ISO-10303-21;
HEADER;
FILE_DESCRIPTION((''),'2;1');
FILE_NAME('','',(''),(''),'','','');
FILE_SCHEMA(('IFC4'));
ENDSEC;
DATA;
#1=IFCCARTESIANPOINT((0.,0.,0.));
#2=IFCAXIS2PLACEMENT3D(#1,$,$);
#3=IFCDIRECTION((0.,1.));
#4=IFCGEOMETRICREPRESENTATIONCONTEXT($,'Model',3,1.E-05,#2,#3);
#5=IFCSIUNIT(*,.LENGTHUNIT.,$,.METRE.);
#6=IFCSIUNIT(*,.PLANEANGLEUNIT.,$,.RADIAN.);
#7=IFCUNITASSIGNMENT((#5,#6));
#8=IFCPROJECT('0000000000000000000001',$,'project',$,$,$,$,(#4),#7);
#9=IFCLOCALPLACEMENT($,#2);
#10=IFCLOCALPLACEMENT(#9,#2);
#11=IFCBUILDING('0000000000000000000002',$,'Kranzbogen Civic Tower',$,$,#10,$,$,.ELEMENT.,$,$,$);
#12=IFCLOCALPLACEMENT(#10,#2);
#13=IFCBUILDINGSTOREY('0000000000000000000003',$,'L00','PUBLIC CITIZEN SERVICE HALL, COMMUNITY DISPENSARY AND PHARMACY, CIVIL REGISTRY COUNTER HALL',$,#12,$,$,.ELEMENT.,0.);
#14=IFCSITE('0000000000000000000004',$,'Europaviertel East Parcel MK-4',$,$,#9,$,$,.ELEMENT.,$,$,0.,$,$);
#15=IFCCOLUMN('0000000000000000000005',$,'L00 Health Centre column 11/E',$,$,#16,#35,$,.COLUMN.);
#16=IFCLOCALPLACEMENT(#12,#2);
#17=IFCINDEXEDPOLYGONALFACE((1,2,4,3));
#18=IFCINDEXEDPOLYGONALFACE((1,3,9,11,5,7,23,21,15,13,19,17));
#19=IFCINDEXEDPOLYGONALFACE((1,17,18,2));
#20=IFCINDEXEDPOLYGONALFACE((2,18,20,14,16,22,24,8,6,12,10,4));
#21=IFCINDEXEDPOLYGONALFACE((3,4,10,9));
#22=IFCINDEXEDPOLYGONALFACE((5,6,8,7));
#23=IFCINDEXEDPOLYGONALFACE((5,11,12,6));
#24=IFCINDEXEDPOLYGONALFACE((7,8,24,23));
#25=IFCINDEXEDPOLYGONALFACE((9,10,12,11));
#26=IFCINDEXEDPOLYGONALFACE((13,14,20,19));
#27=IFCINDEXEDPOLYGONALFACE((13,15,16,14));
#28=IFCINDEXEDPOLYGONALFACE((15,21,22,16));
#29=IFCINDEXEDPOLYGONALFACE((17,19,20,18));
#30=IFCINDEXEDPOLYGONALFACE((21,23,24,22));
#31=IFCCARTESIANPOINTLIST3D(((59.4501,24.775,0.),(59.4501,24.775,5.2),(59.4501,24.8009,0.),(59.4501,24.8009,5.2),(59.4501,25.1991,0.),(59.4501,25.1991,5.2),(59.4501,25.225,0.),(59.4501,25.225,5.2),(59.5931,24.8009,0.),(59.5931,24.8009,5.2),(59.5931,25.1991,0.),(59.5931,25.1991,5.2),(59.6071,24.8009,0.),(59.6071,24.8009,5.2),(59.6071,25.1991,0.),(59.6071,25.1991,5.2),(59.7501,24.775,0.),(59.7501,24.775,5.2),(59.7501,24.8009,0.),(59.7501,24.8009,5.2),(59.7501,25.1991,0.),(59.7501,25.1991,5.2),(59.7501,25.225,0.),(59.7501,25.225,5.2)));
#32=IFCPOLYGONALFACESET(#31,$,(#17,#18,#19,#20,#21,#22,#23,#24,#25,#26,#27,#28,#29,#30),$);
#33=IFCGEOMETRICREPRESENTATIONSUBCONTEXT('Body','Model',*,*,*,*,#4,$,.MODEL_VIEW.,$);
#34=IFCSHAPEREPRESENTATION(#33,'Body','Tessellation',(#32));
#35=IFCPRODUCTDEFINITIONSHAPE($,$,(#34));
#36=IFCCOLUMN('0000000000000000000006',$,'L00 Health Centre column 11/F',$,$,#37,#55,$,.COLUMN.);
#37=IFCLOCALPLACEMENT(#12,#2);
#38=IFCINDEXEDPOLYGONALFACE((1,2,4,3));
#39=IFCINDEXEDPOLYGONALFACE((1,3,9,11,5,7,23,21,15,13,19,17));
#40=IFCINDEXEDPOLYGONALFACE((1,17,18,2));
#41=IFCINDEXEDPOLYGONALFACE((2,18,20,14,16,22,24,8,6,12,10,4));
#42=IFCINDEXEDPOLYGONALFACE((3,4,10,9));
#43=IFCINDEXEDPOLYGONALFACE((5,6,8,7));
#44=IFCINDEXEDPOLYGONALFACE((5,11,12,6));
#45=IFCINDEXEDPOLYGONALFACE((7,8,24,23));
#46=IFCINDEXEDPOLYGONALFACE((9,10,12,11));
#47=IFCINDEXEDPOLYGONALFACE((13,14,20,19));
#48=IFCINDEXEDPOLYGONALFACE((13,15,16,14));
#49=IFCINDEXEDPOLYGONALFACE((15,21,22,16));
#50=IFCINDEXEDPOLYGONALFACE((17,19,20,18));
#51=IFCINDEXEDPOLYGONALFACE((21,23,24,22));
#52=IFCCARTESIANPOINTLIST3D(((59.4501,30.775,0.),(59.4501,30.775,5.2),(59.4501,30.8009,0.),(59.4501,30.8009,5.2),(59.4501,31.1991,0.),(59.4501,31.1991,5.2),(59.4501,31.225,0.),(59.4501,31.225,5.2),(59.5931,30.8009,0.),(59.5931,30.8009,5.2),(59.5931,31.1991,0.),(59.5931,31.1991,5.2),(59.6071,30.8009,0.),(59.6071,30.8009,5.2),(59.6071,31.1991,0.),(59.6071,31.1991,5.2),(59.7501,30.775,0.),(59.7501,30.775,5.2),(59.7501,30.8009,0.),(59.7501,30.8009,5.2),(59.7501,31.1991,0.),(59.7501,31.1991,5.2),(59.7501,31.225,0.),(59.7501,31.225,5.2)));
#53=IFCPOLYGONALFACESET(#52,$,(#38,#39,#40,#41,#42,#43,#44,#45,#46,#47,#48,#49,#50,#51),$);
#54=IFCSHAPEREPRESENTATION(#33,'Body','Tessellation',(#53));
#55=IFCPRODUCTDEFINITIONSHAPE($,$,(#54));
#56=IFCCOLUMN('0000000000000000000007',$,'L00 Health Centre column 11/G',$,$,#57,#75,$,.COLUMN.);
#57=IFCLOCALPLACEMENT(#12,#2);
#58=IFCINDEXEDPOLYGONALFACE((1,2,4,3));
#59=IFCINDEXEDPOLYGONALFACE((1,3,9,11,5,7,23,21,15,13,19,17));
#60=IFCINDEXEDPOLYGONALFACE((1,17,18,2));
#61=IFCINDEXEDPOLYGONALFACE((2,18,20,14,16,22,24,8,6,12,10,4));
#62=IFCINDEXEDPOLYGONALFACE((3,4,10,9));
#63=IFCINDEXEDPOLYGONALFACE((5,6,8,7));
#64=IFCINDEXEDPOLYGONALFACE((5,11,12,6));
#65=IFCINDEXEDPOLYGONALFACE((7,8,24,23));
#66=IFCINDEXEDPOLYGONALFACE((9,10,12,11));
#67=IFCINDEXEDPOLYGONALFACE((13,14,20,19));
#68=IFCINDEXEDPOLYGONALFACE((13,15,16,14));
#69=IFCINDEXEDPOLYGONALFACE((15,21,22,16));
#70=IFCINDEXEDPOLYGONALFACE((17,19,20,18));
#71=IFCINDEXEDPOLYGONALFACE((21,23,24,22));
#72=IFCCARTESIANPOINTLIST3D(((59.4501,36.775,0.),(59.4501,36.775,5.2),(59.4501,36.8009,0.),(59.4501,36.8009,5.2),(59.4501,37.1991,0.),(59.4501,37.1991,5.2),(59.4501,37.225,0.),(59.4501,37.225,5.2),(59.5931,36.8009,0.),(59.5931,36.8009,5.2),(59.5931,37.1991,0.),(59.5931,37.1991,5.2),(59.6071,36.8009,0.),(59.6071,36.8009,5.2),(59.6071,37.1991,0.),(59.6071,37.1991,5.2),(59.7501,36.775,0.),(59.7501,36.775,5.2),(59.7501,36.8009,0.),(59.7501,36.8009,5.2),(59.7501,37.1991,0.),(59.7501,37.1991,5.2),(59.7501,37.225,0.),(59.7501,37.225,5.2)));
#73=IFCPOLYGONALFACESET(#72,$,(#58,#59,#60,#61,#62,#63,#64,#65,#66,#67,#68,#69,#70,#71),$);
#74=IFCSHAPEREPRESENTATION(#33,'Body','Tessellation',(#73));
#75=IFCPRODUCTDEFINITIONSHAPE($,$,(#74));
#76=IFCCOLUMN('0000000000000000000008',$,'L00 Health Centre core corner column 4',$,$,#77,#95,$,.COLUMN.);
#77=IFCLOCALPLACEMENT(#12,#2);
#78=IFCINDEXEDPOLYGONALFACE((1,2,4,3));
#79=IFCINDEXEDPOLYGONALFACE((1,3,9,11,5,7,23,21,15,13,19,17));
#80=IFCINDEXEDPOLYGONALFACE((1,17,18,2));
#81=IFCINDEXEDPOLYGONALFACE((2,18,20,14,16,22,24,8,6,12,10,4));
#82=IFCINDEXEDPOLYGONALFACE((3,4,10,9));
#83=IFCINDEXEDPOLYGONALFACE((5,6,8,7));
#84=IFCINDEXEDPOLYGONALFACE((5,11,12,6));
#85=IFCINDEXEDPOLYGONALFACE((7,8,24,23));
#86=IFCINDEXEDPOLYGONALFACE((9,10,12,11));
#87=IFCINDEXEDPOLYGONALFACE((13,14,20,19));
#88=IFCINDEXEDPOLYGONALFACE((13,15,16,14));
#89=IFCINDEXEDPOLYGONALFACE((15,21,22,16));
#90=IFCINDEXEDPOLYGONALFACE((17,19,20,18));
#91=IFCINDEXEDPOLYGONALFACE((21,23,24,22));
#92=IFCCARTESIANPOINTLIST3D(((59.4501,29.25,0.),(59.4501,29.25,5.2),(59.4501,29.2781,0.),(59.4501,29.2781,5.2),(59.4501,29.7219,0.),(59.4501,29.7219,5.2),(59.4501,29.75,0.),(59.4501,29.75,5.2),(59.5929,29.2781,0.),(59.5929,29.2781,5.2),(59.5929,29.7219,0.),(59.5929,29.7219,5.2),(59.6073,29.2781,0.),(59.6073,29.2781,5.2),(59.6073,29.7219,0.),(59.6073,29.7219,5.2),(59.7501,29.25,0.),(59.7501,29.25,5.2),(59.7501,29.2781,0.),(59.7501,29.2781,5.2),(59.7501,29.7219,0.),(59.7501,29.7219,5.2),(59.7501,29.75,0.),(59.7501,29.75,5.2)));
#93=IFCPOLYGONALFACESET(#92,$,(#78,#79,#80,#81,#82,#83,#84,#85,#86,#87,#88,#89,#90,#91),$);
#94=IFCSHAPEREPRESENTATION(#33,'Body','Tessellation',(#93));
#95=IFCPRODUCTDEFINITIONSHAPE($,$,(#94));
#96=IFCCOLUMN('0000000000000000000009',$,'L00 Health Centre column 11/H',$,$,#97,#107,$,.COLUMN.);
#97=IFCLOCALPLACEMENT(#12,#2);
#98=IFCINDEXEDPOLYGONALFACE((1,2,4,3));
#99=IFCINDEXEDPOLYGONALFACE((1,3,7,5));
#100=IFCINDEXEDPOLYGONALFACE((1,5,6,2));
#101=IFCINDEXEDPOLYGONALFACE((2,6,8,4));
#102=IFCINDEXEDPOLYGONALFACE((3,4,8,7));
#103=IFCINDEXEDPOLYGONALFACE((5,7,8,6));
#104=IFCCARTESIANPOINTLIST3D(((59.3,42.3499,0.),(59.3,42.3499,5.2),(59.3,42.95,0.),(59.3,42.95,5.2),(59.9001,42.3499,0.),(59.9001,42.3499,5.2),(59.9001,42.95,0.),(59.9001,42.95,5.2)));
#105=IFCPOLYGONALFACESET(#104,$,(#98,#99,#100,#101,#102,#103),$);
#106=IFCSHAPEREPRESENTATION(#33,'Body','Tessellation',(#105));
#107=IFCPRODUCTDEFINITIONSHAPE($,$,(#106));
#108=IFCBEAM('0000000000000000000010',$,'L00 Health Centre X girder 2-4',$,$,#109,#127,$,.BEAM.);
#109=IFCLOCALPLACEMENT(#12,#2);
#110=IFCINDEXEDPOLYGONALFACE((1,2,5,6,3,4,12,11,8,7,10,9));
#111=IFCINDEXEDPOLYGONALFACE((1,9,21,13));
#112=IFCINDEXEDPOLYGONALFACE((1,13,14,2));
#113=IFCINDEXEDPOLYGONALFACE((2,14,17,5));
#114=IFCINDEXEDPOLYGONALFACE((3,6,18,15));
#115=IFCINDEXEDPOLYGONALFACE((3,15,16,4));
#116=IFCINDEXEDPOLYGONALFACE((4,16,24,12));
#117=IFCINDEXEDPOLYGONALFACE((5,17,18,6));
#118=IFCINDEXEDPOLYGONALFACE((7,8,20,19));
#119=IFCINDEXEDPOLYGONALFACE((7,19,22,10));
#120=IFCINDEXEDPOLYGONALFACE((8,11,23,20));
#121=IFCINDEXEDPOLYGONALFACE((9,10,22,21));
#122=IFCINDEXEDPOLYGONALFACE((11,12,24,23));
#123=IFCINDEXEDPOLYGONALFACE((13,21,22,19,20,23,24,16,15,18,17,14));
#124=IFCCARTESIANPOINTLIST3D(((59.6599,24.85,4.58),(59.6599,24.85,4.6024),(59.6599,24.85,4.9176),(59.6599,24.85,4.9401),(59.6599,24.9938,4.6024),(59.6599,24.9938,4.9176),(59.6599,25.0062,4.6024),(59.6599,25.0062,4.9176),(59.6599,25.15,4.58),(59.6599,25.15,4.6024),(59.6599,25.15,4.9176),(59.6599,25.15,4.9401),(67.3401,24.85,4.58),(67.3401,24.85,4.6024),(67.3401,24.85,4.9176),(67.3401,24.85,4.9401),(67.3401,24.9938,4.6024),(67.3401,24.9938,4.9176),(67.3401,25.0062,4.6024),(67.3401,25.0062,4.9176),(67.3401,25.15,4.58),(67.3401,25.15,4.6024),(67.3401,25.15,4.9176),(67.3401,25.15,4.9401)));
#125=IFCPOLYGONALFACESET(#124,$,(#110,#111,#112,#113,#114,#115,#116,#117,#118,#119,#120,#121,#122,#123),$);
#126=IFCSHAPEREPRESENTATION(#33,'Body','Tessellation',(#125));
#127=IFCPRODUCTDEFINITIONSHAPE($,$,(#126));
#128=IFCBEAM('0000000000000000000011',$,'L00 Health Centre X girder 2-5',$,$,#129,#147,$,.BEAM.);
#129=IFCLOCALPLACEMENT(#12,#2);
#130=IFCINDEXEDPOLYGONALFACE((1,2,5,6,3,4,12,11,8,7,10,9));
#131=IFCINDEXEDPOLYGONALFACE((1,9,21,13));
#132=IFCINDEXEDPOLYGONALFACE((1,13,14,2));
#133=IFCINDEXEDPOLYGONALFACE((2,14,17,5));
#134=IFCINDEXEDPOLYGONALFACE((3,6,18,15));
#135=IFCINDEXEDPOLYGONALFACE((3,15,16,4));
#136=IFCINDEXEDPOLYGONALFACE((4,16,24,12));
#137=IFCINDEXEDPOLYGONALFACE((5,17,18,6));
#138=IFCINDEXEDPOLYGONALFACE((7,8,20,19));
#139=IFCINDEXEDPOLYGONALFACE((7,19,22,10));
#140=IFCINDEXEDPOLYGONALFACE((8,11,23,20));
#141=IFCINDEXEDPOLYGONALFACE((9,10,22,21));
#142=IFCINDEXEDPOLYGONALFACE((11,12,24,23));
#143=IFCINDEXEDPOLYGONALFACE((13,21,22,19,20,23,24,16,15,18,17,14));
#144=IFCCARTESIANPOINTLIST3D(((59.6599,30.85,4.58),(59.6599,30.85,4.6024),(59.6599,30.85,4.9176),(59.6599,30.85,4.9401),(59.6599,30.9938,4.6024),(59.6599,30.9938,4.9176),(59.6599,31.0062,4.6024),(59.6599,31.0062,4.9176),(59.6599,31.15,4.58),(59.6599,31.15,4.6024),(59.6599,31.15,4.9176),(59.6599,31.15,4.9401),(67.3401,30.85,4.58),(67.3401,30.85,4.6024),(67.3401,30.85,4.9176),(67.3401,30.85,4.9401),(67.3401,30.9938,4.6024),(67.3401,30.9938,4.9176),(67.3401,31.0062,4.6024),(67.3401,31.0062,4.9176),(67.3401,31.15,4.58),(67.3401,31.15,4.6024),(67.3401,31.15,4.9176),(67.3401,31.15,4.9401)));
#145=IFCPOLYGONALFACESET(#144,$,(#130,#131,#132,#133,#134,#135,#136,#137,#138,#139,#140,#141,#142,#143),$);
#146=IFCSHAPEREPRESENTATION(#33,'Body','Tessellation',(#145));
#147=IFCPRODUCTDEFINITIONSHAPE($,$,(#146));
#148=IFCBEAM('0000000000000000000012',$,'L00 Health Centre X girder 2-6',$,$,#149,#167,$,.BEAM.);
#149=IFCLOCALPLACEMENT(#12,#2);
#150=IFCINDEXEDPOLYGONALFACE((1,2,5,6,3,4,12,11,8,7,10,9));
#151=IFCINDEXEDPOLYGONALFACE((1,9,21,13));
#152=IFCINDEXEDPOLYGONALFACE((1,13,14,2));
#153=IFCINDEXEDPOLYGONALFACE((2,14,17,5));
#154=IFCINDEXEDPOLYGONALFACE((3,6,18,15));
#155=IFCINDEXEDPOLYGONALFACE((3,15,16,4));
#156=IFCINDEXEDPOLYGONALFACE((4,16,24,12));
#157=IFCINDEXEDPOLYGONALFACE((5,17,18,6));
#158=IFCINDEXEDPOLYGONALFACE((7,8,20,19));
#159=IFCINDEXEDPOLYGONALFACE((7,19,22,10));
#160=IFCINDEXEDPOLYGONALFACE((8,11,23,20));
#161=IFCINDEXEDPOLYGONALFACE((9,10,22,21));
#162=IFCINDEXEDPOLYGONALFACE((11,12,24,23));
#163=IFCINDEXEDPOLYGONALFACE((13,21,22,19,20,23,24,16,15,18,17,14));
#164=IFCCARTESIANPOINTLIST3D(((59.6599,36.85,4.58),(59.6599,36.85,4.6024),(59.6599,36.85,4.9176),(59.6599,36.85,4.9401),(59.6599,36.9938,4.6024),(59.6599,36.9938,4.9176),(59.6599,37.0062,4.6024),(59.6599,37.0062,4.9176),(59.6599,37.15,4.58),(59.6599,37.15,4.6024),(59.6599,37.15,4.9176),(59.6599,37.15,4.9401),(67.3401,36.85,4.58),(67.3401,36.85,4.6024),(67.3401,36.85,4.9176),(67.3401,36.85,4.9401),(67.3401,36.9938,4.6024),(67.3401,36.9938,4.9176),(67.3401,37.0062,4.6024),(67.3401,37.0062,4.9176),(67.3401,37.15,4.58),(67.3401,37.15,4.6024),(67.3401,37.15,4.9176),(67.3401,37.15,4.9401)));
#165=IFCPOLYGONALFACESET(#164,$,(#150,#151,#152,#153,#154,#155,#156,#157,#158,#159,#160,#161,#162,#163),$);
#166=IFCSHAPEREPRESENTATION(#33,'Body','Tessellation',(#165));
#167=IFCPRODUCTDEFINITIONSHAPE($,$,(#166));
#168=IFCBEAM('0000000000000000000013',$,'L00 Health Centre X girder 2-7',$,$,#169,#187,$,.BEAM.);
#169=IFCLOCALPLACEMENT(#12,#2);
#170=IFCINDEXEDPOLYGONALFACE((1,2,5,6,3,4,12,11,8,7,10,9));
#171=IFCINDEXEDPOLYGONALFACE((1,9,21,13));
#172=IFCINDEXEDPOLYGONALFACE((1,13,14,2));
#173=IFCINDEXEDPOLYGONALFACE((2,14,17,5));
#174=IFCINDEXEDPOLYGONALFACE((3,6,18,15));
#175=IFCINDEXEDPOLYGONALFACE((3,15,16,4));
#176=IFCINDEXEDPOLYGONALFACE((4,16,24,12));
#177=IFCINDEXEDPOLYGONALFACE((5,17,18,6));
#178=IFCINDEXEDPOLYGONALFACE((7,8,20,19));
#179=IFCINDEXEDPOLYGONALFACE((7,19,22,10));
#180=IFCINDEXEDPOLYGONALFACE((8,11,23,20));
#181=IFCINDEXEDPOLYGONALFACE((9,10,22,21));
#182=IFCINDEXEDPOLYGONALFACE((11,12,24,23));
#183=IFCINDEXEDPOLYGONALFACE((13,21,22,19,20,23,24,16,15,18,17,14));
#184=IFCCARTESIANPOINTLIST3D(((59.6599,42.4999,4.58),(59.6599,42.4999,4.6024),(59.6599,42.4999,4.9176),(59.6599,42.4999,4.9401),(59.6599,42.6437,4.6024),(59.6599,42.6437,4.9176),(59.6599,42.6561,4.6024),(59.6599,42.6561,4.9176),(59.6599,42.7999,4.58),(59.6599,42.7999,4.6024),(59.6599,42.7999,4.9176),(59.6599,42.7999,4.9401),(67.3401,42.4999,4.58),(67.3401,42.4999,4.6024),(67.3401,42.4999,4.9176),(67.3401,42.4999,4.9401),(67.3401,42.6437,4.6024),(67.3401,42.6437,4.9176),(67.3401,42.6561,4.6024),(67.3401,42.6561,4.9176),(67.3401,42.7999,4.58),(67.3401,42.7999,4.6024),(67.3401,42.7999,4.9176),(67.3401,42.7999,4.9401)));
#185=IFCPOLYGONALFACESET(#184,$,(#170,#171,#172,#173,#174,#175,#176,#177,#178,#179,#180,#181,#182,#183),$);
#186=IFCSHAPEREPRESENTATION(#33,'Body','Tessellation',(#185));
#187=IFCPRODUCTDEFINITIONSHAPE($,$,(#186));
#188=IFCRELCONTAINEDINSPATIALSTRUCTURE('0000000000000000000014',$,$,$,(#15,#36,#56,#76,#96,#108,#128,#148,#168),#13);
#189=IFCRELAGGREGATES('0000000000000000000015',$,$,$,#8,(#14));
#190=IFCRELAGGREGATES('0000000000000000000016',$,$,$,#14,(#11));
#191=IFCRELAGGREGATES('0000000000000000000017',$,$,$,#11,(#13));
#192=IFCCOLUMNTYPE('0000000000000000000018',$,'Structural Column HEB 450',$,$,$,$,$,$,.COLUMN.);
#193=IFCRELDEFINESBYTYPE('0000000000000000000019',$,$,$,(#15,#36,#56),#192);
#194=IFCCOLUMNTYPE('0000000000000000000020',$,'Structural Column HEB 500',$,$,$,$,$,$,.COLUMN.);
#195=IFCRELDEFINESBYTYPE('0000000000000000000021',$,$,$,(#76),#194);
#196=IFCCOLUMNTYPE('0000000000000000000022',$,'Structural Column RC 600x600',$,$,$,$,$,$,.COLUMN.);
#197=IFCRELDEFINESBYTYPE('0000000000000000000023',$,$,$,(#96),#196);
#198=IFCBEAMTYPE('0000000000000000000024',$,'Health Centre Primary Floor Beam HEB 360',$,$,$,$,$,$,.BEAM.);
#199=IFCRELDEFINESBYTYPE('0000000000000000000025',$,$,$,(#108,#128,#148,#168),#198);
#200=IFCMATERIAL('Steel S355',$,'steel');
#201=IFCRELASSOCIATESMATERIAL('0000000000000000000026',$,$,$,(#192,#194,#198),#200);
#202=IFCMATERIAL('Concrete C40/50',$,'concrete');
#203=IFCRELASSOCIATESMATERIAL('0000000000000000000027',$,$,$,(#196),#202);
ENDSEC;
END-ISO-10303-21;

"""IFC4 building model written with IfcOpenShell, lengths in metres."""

from ifc_helpers import new_model, si_unit, direction, frame, origin, origin_2d, place, context, subcontext, project, spatial, rectangle, i_section, extrude, material, material_profile, profile_set, type_object, element, save


model = new_model("IFC4")

# Units and contexts
model_context = context("Model", 3, precision=1e-05, world=origin(), true_north=direction((0.0, 1.0)))
body_context = subcontext(model_context, "Body", "Model", "MODEL_VIEW")
ifc_project = project(units=[si_unit("LENGTHUNIT", "METRE"), si_unit("PLANEANGLEUNIT", "RADIAN")], contexts=[model_context])

# Site, building, storey
site_placement = place(None, origin())
site = spatial("IfcSite", under=ifc_project, at=site_placement, Name="Europaviertel East Parcel MK-4", CompositionType="ELEMENT", RefElevation=0.0)
building_placement = place(site_placement, origin())
building = spatial("IfcBuilding", under=site, at=building_placement, Name="Kranzbogen Civic Tower", CompositionType="ELEMENT")
storey_placement = place(building_placement, origin())
storey = spatial("IfcBuildingStorey", under=building, at=storey_placement, Name="L00", Description="PUBLIC CITIZEN SERVICE HALL, COMMUNITY DISPENSARY AND PHARMACY, CIVIL REGISTRY COUNTER HALL", CompositionType="ELEMENT", Elevation=0.0)

# Columns
ifc_material_1 = material(Name="Steel S355", Category="steel")
ifc_material_profile_1 = material_profile(ifc_material_1, i_section(OverallWidth=0.3, OverallDepth=0.45, WebThickness=0.0139, FlangeThickness=0.0259, at=origin_2d()), Name="HEB 450")
ifc_profile_set_1 = profile_set([ifc_material_profile_1], Name="Steel S355")
column_type_1 = type_object("IfcColumnType", Name="Structural Column HEB 450", PredefinedType="COLUMN", material=ifc_profile_set_1)
for number, where, z_axis, x_axis, name in (
    (1, (59.6001, 25.0, 0.0), (0.0, 0.0, 1.0), (1.0, 0.0, 0.0), "L00 Health Centre column 11/E"),
    (2, (59.6001, 31.0, 0.0), (0.0, 0.0, 1.0), (1.0, 0.0, 0.0), "L00 Health Centre column 11/F"),
    (3, (59.6001, 37.0, 0.0), (0.0, 0.0, 1.0), (1.0, 0.0, 0.0), "L00 Health Centre column 11/G"),
):
    element("IfcColumn", number, at=place(storey_placement, frame(where, z_axis=z_axis, x_axis=x_axis)), inside=storey, type_object=column_type_1, Name=name, PredefinedType="COLUMN", context=body_context, shape_type="SweptSolid", body=[
        extrude(i_section(OverallWidth=0.3, OverallDepth=0.45, WebThickness=0.0139, FlangeThickness=0.0259, at=origin_2d()), origin(), (0.0, 0.0, 1.0), 5.2),
    ])
ifc_material_profile_2 = material_profile(ifc_material_1, i_section(OverallWidth=0.3, OverallDepth=0.5, WebThickness=0.0144, FlangeThickness=0.0281, at=origin_2d()), Name="HEB 500")
ifc_profile_set_2 = profile_set([ifc_material_profile_2], Name="Steel S355")
column_type_2 = type_object("IfcColumnType", Name="Structural Column HEB 500", PredefinedType="COLUMN", material=ifc_profile_set_2)
column_1_placement = place(storey_placement, frame((59.6001, 29.5, 0.0), z_axis=(0.0, 0.0, 1.0), x_axis=(1.0, 0.0, 0.0)))
element("IfcColumn", 4, at=column_1_placement, inside=storey, type_object=column_type_2, Name="L00 Health Centre core corner column 4", PredefinedType="COLUMN", context=body_context, shape_type="SweptSolid", body=[
    extrude(i_section(OverallWidth=0.3, OverallDepth=0.5, WebThickness=0.0144, FlangeThickness=0.0281, at=origin_2d()), origin(), (0.0, 0.0, 1.0), 5.2),
])
ifc_material_2 = material(Name="Concrete C40/50", Category="concrete")
ifc_material_profile_3 = material_profile(ifc_material_2, rectangle(XDim=0.6001, YDim=0.6001, at=origin_2d()), Name="RC 600x600")
ifc_profile_set_3 = profile_set([ifc_material_profile_3], Name="Concrete C40/50")
column_type_3 = type_object("IfcColumnType", Name="Structural Column RC 600x600", PredefinedType="COLUMN", material=ifc_profile_set_3)
column_2_placement = place(storey_placement, frame((59.6001, 42.6499, 0.0), z_axis=(0.0, 0.0, 1.0), x_axis=(1.0, 0.0, 0.0)))
element("IfcColumn", 5, at=column_2_placement, inside=storey, type_object=column_type_3, Name="L00 Health Centre column 11/H", PredefinedType="COLUMN", context=body_context, shape_type="SweptSolid", body=[
    extrude(rectangle(XDim=0.6001, YDim=0.6001, at=origin_2d()), origin(), (0.0, 0.0, 1.0), 5.2),
])

# Beams
ifc_material_profile_4 = material_profile(ifc_material_1, i_section(OverallWidth=0.3, OverallDepth=0.3601, WebThickness=0.0125, FlangeThickness=0.0225, at=origin_2d()), Name="HEB 360")
ifc_profile_set_4 = profile_set([ifc_material_profile_4], Name="Steel S355")
beam_type_1 = type_object("IfcBeamType", Name="Health Centre Primary Floor Beam HEB 360", PredefinedType="BEAM", material=ifc_profile_set_4)
for number, where, z_axis, x_axis, name in (
    (6, (59.6599, 25.0, 4.76), (1.0, 0.0, 0.0), (0.0, 1.0, 0.0), "L00 Health Centre X girder 2-4"),
    (7, (59.6599, 31.0, 4.76), (1.0, 0.0, 0.0), (0.0, 1.0, 0.0), "L00 Health Centre X girder 2-5"),
    (8, (59.6599, 37.0, 4.76), (1.0, 0.0, 0.0), (0.0, 1.0, 0.0), "L00 Health Centre X girder 2-6"),
    (9, (59.6599, 42.6499, 4.76), (1.0, 0.0, 0.0), (0.0, 1.0, 0.0), "L00 Health Centre X girder 2-7"),
):
    element("IfcBeam", number, at=place(storey_placement, frame(where, z_axis=z_axis, x_axis=x_axis)), inside=storey, type_object=beam_type_1, Name=name, PredefinedType="BEAM", context=body_context, shape_type="SweptSolid", body=[
        extrude(i_section(OverallWidth=0.3, OverallDepth=0.3601, WebThickness=0.0125, FlangeThickness=0.0225, at=origin_2d()), origin(), (0.0, 0.0, 1.0), 7.6802),
    ])

save(model, "model.ifc")
